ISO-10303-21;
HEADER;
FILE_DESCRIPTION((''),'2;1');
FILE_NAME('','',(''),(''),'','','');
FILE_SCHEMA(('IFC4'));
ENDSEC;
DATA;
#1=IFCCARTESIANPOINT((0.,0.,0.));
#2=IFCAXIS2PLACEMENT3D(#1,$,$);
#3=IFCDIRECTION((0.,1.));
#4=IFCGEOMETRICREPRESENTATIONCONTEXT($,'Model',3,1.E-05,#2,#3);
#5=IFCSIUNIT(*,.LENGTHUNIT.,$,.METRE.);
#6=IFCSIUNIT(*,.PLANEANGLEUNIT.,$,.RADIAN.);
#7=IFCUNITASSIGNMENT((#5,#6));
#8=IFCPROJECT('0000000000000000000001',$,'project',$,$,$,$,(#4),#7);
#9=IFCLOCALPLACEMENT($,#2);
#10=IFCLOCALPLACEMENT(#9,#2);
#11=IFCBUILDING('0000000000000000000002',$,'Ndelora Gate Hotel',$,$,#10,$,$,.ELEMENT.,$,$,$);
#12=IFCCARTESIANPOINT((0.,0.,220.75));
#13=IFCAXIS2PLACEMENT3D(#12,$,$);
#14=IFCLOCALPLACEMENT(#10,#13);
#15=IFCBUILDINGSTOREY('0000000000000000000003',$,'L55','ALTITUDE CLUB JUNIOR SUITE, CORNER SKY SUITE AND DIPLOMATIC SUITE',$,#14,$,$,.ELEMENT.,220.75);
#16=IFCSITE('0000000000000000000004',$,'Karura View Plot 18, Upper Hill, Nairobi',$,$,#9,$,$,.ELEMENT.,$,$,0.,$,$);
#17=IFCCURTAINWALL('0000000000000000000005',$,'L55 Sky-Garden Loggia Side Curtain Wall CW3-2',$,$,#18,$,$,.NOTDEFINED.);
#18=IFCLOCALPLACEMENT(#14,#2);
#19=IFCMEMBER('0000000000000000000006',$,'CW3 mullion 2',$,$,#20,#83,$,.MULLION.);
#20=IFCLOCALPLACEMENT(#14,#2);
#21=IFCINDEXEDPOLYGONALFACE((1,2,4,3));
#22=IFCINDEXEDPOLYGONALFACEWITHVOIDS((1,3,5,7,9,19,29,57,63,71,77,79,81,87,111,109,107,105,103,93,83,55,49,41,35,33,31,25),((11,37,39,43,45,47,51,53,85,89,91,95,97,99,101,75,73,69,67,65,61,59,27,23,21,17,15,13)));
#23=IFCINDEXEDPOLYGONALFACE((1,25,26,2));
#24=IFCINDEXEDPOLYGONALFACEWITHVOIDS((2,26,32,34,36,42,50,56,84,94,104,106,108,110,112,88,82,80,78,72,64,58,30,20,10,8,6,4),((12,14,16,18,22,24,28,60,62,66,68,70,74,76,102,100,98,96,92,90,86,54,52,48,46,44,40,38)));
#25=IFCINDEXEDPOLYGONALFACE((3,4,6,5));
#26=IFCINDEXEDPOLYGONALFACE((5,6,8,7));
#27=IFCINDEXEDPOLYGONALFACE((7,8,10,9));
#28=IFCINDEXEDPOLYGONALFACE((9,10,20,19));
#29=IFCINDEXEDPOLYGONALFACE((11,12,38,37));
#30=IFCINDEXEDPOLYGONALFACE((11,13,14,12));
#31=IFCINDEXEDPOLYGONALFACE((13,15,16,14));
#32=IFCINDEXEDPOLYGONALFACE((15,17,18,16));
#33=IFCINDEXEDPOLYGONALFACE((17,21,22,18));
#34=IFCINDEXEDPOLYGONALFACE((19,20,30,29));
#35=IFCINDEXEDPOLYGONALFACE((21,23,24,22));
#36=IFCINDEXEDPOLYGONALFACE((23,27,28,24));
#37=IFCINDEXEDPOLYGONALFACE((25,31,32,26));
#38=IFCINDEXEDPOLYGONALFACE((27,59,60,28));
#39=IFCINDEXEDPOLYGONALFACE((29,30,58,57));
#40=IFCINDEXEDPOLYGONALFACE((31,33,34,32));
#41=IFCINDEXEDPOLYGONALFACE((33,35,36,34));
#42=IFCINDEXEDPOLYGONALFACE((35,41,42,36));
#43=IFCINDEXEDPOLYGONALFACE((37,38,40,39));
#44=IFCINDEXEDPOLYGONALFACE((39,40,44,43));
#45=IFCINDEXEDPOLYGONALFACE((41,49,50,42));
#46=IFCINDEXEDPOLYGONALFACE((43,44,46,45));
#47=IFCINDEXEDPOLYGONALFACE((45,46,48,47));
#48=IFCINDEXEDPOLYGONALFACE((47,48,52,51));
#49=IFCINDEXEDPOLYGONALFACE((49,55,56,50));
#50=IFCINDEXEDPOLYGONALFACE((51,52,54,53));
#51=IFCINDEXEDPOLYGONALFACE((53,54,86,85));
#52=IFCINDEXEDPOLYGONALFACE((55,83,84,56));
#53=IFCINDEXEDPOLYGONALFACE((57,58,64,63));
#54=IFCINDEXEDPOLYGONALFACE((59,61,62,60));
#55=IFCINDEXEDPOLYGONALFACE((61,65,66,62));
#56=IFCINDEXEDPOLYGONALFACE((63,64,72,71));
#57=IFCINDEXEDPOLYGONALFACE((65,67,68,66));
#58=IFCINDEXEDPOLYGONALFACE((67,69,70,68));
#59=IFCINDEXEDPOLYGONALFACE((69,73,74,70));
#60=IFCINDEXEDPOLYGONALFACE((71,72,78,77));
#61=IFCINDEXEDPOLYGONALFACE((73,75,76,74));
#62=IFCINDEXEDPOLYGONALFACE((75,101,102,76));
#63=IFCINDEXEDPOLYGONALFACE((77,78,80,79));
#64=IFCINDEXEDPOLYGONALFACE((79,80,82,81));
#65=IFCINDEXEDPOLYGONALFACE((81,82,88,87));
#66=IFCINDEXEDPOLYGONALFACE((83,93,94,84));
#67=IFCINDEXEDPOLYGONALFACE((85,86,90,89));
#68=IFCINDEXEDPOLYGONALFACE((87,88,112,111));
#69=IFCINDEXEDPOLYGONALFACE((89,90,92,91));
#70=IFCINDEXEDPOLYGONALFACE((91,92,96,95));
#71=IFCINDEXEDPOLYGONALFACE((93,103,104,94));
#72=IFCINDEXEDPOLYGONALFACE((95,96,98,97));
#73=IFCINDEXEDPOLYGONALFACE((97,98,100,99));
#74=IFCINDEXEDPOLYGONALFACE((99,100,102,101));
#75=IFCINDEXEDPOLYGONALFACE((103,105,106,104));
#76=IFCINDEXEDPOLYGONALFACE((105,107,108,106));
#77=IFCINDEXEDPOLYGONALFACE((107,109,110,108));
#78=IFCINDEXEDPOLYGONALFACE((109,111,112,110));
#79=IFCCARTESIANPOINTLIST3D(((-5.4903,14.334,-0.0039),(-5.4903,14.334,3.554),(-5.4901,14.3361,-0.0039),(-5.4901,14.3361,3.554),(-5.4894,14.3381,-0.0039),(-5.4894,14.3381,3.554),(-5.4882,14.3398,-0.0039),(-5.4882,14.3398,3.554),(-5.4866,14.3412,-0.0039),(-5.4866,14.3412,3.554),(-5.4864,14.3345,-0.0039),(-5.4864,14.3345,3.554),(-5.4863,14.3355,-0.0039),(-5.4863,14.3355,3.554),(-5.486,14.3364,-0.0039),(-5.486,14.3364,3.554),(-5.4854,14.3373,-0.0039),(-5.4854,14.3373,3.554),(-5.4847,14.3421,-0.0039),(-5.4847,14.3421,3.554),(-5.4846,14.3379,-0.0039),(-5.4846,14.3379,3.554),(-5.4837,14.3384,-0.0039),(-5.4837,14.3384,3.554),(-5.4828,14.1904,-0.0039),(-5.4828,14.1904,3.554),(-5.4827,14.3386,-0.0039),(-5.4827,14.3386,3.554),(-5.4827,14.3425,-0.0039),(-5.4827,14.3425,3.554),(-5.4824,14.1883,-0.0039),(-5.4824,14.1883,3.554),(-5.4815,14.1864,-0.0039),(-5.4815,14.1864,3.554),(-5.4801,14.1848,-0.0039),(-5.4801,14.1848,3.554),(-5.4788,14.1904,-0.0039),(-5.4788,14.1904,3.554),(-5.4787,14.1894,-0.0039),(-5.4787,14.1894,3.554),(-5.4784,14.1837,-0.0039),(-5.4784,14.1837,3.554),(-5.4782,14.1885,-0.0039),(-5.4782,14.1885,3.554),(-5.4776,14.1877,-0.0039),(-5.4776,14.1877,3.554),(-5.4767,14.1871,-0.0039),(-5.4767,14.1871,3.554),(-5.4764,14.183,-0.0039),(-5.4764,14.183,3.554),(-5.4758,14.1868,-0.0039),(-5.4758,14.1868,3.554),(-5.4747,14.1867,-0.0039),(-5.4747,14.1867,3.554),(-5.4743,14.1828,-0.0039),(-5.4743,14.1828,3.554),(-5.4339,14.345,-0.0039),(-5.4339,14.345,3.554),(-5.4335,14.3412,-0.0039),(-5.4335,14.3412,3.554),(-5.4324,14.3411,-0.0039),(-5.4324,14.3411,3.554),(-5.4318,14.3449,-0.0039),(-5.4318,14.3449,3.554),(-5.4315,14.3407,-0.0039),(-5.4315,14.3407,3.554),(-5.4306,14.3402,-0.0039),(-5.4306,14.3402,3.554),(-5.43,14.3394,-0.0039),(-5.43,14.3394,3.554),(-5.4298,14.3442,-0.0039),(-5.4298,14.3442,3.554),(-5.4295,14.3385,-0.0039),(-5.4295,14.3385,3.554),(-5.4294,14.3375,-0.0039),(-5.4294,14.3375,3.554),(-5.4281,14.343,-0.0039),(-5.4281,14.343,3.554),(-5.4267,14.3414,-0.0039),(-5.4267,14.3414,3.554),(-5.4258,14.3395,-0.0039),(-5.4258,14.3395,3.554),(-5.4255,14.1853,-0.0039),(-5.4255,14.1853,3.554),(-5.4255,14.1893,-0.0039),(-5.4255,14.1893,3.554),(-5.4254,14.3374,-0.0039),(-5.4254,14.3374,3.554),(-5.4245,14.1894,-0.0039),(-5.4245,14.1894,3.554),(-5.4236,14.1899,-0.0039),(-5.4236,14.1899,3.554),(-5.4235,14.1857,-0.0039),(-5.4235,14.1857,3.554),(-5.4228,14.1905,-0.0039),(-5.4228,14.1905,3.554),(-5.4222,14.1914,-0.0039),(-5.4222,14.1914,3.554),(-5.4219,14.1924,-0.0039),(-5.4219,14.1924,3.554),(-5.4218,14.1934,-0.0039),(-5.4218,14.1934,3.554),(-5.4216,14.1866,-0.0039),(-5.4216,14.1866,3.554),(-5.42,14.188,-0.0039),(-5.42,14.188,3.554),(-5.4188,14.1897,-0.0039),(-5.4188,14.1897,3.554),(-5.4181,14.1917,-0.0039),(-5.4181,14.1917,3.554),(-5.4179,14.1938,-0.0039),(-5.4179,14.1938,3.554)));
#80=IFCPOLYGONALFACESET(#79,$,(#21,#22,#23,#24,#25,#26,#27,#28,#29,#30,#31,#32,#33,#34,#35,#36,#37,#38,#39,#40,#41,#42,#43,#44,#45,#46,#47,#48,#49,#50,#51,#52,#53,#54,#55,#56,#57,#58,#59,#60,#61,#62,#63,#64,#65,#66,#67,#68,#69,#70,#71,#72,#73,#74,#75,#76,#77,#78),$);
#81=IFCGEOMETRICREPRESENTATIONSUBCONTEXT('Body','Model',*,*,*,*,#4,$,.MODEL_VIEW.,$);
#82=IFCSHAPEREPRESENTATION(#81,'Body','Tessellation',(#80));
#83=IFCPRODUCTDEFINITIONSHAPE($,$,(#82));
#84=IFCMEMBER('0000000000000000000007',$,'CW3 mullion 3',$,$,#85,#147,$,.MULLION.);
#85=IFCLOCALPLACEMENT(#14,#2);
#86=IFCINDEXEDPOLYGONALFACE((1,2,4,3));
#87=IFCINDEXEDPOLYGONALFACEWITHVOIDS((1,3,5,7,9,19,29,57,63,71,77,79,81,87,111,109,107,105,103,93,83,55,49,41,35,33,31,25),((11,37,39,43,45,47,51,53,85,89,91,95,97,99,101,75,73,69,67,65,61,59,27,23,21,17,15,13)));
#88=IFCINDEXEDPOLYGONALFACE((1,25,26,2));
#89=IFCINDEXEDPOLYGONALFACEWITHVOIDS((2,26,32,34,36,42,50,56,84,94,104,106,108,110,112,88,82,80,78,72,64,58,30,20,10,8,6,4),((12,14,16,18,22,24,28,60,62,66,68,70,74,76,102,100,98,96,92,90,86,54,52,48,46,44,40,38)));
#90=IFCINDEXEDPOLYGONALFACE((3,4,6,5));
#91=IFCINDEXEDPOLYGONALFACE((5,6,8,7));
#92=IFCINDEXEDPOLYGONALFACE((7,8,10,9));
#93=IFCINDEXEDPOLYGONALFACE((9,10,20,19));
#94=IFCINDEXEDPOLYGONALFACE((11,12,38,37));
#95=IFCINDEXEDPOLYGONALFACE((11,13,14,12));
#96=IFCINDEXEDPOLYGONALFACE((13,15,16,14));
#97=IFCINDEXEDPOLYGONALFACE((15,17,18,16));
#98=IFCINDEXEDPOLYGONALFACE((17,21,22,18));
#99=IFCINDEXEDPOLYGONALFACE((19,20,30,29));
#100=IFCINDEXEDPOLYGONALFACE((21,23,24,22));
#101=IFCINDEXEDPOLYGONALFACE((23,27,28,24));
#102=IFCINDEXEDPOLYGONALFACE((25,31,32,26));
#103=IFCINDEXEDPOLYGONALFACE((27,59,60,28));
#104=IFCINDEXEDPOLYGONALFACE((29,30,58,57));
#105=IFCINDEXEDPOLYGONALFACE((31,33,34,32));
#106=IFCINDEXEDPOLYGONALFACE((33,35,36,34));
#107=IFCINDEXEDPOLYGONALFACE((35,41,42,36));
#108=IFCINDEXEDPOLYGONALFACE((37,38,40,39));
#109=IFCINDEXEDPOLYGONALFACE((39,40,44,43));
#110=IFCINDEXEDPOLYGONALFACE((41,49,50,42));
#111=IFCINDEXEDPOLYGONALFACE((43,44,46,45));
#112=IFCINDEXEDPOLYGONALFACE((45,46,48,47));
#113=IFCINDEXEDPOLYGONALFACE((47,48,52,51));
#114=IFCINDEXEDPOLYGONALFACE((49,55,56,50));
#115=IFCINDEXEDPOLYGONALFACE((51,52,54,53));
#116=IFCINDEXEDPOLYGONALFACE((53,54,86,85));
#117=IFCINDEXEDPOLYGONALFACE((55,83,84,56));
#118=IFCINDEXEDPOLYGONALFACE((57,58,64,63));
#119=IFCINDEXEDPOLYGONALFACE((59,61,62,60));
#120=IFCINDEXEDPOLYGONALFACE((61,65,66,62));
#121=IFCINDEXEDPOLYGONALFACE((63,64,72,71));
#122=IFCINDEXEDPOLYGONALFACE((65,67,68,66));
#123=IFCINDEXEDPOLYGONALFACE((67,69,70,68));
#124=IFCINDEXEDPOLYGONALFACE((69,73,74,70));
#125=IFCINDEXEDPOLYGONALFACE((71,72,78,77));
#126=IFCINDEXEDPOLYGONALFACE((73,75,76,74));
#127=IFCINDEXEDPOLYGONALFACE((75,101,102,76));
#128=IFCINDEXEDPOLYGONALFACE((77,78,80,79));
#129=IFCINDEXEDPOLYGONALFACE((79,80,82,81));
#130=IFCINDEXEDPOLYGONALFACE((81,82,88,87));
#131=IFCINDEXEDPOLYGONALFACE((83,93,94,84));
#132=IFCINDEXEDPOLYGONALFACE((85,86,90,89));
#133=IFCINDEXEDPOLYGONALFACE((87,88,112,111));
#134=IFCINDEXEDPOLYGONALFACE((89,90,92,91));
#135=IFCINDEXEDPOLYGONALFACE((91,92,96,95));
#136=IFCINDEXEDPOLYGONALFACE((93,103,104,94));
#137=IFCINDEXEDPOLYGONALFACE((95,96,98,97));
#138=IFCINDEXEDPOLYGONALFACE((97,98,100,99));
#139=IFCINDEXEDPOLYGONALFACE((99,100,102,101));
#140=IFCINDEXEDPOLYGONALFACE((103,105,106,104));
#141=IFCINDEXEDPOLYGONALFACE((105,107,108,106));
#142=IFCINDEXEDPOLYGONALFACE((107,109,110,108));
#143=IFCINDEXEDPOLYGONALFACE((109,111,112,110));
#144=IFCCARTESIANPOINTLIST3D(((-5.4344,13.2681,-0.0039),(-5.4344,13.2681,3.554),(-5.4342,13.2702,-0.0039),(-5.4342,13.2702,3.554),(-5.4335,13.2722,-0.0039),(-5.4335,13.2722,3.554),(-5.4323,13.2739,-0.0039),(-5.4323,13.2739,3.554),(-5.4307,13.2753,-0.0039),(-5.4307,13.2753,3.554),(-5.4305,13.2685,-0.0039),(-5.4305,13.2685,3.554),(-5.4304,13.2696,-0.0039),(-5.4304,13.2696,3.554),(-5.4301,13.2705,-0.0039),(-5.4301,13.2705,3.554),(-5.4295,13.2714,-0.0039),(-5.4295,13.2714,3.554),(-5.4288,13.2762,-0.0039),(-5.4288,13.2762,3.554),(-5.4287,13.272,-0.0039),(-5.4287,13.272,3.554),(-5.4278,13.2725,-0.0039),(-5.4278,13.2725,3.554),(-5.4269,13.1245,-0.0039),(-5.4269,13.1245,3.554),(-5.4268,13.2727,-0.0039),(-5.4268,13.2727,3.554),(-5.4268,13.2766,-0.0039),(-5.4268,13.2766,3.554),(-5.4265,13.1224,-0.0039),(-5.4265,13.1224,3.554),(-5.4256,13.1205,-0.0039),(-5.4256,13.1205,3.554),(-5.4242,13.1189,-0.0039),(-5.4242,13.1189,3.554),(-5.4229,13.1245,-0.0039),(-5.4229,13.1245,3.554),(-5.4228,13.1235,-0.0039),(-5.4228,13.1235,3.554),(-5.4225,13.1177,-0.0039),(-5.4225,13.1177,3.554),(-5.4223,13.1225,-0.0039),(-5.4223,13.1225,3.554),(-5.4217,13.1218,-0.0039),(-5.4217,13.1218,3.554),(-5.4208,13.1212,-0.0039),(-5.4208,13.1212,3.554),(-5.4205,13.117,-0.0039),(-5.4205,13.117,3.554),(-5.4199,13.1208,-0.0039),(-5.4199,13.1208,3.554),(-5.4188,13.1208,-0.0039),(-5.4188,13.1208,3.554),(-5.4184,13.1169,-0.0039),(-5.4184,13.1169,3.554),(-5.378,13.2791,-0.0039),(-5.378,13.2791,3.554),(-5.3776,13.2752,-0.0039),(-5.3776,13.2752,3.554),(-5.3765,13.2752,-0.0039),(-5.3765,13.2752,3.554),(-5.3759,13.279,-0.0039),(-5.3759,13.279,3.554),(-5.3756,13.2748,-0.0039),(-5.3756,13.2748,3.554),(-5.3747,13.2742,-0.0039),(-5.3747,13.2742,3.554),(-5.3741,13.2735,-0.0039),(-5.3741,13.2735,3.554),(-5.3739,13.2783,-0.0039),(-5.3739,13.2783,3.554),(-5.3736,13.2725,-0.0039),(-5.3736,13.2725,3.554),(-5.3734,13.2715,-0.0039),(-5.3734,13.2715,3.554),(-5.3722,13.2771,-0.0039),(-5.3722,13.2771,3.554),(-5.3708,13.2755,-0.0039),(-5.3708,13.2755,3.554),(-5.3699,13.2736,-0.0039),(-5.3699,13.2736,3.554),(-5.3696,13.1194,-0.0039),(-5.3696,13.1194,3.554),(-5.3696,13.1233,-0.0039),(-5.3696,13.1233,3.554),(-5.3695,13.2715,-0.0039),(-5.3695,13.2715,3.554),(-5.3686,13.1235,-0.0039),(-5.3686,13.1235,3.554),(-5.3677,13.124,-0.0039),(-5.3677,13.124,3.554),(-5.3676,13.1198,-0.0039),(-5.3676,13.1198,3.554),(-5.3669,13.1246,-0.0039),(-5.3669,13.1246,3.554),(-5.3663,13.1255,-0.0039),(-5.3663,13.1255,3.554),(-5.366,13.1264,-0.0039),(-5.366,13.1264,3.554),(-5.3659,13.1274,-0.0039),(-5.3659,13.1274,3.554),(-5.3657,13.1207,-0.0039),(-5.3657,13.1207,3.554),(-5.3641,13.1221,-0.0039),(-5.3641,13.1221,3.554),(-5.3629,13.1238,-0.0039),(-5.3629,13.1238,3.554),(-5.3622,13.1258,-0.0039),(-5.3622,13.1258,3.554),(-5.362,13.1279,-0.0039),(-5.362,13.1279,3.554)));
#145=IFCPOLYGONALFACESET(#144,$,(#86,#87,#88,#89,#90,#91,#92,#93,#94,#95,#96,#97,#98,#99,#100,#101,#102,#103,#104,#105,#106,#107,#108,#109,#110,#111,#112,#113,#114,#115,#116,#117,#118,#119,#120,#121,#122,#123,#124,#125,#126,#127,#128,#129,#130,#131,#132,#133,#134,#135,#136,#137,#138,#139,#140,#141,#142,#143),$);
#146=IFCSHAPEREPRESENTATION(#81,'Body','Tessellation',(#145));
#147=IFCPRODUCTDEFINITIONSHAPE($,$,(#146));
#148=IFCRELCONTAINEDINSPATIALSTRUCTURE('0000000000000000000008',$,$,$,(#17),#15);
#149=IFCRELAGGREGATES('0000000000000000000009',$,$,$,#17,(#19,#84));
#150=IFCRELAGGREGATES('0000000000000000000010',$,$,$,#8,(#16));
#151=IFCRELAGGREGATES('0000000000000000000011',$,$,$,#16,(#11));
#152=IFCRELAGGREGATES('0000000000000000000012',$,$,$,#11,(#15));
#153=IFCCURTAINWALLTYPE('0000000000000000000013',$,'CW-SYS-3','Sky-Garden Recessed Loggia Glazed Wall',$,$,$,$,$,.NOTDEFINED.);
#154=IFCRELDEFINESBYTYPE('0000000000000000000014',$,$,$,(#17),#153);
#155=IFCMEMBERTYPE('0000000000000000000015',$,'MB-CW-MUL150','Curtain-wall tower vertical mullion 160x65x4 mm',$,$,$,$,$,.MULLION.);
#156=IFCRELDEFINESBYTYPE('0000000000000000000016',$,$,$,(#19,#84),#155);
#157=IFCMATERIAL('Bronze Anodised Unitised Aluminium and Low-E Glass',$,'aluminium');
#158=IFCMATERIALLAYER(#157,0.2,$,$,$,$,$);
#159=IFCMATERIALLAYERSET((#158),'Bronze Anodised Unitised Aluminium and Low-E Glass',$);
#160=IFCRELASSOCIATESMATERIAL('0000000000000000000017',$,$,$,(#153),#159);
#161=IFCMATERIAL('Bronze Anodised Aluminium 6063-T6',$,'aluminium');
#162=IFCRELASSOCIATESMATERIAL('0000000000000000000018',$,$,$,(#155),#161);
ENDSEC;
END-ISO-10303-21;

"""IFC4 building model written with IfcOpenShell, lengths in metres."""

from ifc_helpers import new_model, si_unit, direction, frame, origin, origin_2d, place, context, subcontext, project, spatial, hollow_rectangle, extrude, material, layer, layer_set, material_profile, profile_set, type_object, element, aggregate, save


model = new_model("IFC4")

# Units and contexts
model_context = context("Model", 3, precision=1e-05, world=origin(), true_north=direction((0.0, 1.0)))
body_context = subcontext(model_context, "Body", "Model", "MODEL_VIEW")
ifc_project = project(units=[si_unit("LENGTHUNIT", "METRE"), si_unit("PLANEANGLEUNIT", "RADIAN")], contexts=[model_context])

# Site, building, storey
site_placement = place(None, origin())
site = spatial("IfcSite", under=ifc_project, at=site_placement, Name="Karura View Plot 18, Upper Hill, Nairobi", CompositionType="ELEMENT", RefElevation=0.0)
building_placement = place(site_placement, origin())
building = spatial("IfcBuilding", under=site, at=building_placement, Name="Ndelora Gate Hotel", CompositionType="ELEMENT")
storey_placement = place(building_placement, frame((0.0, 0.0, 220.75)))
storey = spatial("IfcBuildingStorey", under=building, at=storey_placement, Name="L55", Description="ALTITUDE CLUB JUNIOR SUITE, CORNER SKY SUITE AND DIPLOMATIC SUITE", CompositionType="ELEMENT", Elevation=220.75)

# Curtain wall, members
ifc_material_1 = material(Name="Bronze Anodised Unitised Aluminium and Low-E Glass", Category="aluminium")
ifc_layer_1 = layer(ifc_material_1, 0.2)
ifc_layer_set_1 = layer_set([ifc_layer_1], Name="Bronze Anodised Unitised Aluminium and Low-E Glass")
curtain_wall_type = type_object("IfcCurtainWallType", Name="CW-SYS-3", Description="Sky-Garden Recessed Loggia Glazed Wall", PredefinedType="NOTDEFINED", material=ifc_layer_set_1)
curtain_wall_placement = place(storey_placement, origin())
curtain_wall = element("IfcCurtainWall", 1, at=curtain_wall_placement, inside=storey, type_object=curtain_wall_type, Name="L55 Sky-Garden Loggia Side Curtain Wall CW3-2", PredefinedType="NOTDEFINED")
ifc_material_2 = material(Name="Bronze Anodised Aluminium 6063-T6", Category="aluminium")
ifc_material_profile_1 = material_profile(ifc_material_2, hollow_rectangle(XDim=0.0649, YDim=0.1599, WallThickness=0.0039, InnerFilletRadius=0.0039, OuterFilletRadius=0.0081, at=origin_2d()), Name="ALU 160x65x4")
ifc_profile_set_1 = profile_set([ifc_material_profile_1], Name="Bronze Anodised Aluminium 6063-T6")
member_type_1 = type_object("IfcMemberType", Name="MB-CW-MUL150", Description="Curtain-wall tower vertical mullion 160x65x4 mm", PredefinedType="MULLION", material=ifc_profile_set_1)
member_1_placement = place(storey_placement, frame((-5.4541, 14.2639, -0.0039), z_axis=(0.0, 0.0, 1.0), x_axis=(0.998628, 0.052363, 0.0)))
member_1 = element("IfcMember", 2, at=member_1_placement, type_object=member_type_1, Name="CW3 mullion 2", PredefinedType="MULLION", context=body_context, shape_type="SweptSolid", body=[
    extrude(hollow_rectangle(XDim=0.0649, YDim=0.1599, WallThickness=0.0039, InnerFilletRadius=0.0039, OuterFilletRadius=0.0081, at=origin_2d()), origin(), (0.0, 0.0, 1.0), 3.5579),
])
member_2_placement = place(storey_placement, frame((-5.3982, 13.198, -0.0039), z_axis=(0.0, 0.0, 1.0), x_axis=(0.998628, 0.052363, 0.0)))
member_2 = element("IfcMember", 3, at=member_2_placement, type_object=member_type_1, Name="CW3 mullion 3", PredefinedType="MULLION", context=body_context, shape_type="SweptSolid", body=[
    extrude(hollow_rectangle(XDim=0.0649, YDim=0.1599, WallThickness=0.0039, InnerFilletRadius=0.0039, OuterFilletRadius=0.0081, at=origin_2d()), origin(), (0.0, 0.0, 1.0), 3.5579),
])
aggregate(curtain_wall, [member_1, member_2])

save(model, "model.ifc")
